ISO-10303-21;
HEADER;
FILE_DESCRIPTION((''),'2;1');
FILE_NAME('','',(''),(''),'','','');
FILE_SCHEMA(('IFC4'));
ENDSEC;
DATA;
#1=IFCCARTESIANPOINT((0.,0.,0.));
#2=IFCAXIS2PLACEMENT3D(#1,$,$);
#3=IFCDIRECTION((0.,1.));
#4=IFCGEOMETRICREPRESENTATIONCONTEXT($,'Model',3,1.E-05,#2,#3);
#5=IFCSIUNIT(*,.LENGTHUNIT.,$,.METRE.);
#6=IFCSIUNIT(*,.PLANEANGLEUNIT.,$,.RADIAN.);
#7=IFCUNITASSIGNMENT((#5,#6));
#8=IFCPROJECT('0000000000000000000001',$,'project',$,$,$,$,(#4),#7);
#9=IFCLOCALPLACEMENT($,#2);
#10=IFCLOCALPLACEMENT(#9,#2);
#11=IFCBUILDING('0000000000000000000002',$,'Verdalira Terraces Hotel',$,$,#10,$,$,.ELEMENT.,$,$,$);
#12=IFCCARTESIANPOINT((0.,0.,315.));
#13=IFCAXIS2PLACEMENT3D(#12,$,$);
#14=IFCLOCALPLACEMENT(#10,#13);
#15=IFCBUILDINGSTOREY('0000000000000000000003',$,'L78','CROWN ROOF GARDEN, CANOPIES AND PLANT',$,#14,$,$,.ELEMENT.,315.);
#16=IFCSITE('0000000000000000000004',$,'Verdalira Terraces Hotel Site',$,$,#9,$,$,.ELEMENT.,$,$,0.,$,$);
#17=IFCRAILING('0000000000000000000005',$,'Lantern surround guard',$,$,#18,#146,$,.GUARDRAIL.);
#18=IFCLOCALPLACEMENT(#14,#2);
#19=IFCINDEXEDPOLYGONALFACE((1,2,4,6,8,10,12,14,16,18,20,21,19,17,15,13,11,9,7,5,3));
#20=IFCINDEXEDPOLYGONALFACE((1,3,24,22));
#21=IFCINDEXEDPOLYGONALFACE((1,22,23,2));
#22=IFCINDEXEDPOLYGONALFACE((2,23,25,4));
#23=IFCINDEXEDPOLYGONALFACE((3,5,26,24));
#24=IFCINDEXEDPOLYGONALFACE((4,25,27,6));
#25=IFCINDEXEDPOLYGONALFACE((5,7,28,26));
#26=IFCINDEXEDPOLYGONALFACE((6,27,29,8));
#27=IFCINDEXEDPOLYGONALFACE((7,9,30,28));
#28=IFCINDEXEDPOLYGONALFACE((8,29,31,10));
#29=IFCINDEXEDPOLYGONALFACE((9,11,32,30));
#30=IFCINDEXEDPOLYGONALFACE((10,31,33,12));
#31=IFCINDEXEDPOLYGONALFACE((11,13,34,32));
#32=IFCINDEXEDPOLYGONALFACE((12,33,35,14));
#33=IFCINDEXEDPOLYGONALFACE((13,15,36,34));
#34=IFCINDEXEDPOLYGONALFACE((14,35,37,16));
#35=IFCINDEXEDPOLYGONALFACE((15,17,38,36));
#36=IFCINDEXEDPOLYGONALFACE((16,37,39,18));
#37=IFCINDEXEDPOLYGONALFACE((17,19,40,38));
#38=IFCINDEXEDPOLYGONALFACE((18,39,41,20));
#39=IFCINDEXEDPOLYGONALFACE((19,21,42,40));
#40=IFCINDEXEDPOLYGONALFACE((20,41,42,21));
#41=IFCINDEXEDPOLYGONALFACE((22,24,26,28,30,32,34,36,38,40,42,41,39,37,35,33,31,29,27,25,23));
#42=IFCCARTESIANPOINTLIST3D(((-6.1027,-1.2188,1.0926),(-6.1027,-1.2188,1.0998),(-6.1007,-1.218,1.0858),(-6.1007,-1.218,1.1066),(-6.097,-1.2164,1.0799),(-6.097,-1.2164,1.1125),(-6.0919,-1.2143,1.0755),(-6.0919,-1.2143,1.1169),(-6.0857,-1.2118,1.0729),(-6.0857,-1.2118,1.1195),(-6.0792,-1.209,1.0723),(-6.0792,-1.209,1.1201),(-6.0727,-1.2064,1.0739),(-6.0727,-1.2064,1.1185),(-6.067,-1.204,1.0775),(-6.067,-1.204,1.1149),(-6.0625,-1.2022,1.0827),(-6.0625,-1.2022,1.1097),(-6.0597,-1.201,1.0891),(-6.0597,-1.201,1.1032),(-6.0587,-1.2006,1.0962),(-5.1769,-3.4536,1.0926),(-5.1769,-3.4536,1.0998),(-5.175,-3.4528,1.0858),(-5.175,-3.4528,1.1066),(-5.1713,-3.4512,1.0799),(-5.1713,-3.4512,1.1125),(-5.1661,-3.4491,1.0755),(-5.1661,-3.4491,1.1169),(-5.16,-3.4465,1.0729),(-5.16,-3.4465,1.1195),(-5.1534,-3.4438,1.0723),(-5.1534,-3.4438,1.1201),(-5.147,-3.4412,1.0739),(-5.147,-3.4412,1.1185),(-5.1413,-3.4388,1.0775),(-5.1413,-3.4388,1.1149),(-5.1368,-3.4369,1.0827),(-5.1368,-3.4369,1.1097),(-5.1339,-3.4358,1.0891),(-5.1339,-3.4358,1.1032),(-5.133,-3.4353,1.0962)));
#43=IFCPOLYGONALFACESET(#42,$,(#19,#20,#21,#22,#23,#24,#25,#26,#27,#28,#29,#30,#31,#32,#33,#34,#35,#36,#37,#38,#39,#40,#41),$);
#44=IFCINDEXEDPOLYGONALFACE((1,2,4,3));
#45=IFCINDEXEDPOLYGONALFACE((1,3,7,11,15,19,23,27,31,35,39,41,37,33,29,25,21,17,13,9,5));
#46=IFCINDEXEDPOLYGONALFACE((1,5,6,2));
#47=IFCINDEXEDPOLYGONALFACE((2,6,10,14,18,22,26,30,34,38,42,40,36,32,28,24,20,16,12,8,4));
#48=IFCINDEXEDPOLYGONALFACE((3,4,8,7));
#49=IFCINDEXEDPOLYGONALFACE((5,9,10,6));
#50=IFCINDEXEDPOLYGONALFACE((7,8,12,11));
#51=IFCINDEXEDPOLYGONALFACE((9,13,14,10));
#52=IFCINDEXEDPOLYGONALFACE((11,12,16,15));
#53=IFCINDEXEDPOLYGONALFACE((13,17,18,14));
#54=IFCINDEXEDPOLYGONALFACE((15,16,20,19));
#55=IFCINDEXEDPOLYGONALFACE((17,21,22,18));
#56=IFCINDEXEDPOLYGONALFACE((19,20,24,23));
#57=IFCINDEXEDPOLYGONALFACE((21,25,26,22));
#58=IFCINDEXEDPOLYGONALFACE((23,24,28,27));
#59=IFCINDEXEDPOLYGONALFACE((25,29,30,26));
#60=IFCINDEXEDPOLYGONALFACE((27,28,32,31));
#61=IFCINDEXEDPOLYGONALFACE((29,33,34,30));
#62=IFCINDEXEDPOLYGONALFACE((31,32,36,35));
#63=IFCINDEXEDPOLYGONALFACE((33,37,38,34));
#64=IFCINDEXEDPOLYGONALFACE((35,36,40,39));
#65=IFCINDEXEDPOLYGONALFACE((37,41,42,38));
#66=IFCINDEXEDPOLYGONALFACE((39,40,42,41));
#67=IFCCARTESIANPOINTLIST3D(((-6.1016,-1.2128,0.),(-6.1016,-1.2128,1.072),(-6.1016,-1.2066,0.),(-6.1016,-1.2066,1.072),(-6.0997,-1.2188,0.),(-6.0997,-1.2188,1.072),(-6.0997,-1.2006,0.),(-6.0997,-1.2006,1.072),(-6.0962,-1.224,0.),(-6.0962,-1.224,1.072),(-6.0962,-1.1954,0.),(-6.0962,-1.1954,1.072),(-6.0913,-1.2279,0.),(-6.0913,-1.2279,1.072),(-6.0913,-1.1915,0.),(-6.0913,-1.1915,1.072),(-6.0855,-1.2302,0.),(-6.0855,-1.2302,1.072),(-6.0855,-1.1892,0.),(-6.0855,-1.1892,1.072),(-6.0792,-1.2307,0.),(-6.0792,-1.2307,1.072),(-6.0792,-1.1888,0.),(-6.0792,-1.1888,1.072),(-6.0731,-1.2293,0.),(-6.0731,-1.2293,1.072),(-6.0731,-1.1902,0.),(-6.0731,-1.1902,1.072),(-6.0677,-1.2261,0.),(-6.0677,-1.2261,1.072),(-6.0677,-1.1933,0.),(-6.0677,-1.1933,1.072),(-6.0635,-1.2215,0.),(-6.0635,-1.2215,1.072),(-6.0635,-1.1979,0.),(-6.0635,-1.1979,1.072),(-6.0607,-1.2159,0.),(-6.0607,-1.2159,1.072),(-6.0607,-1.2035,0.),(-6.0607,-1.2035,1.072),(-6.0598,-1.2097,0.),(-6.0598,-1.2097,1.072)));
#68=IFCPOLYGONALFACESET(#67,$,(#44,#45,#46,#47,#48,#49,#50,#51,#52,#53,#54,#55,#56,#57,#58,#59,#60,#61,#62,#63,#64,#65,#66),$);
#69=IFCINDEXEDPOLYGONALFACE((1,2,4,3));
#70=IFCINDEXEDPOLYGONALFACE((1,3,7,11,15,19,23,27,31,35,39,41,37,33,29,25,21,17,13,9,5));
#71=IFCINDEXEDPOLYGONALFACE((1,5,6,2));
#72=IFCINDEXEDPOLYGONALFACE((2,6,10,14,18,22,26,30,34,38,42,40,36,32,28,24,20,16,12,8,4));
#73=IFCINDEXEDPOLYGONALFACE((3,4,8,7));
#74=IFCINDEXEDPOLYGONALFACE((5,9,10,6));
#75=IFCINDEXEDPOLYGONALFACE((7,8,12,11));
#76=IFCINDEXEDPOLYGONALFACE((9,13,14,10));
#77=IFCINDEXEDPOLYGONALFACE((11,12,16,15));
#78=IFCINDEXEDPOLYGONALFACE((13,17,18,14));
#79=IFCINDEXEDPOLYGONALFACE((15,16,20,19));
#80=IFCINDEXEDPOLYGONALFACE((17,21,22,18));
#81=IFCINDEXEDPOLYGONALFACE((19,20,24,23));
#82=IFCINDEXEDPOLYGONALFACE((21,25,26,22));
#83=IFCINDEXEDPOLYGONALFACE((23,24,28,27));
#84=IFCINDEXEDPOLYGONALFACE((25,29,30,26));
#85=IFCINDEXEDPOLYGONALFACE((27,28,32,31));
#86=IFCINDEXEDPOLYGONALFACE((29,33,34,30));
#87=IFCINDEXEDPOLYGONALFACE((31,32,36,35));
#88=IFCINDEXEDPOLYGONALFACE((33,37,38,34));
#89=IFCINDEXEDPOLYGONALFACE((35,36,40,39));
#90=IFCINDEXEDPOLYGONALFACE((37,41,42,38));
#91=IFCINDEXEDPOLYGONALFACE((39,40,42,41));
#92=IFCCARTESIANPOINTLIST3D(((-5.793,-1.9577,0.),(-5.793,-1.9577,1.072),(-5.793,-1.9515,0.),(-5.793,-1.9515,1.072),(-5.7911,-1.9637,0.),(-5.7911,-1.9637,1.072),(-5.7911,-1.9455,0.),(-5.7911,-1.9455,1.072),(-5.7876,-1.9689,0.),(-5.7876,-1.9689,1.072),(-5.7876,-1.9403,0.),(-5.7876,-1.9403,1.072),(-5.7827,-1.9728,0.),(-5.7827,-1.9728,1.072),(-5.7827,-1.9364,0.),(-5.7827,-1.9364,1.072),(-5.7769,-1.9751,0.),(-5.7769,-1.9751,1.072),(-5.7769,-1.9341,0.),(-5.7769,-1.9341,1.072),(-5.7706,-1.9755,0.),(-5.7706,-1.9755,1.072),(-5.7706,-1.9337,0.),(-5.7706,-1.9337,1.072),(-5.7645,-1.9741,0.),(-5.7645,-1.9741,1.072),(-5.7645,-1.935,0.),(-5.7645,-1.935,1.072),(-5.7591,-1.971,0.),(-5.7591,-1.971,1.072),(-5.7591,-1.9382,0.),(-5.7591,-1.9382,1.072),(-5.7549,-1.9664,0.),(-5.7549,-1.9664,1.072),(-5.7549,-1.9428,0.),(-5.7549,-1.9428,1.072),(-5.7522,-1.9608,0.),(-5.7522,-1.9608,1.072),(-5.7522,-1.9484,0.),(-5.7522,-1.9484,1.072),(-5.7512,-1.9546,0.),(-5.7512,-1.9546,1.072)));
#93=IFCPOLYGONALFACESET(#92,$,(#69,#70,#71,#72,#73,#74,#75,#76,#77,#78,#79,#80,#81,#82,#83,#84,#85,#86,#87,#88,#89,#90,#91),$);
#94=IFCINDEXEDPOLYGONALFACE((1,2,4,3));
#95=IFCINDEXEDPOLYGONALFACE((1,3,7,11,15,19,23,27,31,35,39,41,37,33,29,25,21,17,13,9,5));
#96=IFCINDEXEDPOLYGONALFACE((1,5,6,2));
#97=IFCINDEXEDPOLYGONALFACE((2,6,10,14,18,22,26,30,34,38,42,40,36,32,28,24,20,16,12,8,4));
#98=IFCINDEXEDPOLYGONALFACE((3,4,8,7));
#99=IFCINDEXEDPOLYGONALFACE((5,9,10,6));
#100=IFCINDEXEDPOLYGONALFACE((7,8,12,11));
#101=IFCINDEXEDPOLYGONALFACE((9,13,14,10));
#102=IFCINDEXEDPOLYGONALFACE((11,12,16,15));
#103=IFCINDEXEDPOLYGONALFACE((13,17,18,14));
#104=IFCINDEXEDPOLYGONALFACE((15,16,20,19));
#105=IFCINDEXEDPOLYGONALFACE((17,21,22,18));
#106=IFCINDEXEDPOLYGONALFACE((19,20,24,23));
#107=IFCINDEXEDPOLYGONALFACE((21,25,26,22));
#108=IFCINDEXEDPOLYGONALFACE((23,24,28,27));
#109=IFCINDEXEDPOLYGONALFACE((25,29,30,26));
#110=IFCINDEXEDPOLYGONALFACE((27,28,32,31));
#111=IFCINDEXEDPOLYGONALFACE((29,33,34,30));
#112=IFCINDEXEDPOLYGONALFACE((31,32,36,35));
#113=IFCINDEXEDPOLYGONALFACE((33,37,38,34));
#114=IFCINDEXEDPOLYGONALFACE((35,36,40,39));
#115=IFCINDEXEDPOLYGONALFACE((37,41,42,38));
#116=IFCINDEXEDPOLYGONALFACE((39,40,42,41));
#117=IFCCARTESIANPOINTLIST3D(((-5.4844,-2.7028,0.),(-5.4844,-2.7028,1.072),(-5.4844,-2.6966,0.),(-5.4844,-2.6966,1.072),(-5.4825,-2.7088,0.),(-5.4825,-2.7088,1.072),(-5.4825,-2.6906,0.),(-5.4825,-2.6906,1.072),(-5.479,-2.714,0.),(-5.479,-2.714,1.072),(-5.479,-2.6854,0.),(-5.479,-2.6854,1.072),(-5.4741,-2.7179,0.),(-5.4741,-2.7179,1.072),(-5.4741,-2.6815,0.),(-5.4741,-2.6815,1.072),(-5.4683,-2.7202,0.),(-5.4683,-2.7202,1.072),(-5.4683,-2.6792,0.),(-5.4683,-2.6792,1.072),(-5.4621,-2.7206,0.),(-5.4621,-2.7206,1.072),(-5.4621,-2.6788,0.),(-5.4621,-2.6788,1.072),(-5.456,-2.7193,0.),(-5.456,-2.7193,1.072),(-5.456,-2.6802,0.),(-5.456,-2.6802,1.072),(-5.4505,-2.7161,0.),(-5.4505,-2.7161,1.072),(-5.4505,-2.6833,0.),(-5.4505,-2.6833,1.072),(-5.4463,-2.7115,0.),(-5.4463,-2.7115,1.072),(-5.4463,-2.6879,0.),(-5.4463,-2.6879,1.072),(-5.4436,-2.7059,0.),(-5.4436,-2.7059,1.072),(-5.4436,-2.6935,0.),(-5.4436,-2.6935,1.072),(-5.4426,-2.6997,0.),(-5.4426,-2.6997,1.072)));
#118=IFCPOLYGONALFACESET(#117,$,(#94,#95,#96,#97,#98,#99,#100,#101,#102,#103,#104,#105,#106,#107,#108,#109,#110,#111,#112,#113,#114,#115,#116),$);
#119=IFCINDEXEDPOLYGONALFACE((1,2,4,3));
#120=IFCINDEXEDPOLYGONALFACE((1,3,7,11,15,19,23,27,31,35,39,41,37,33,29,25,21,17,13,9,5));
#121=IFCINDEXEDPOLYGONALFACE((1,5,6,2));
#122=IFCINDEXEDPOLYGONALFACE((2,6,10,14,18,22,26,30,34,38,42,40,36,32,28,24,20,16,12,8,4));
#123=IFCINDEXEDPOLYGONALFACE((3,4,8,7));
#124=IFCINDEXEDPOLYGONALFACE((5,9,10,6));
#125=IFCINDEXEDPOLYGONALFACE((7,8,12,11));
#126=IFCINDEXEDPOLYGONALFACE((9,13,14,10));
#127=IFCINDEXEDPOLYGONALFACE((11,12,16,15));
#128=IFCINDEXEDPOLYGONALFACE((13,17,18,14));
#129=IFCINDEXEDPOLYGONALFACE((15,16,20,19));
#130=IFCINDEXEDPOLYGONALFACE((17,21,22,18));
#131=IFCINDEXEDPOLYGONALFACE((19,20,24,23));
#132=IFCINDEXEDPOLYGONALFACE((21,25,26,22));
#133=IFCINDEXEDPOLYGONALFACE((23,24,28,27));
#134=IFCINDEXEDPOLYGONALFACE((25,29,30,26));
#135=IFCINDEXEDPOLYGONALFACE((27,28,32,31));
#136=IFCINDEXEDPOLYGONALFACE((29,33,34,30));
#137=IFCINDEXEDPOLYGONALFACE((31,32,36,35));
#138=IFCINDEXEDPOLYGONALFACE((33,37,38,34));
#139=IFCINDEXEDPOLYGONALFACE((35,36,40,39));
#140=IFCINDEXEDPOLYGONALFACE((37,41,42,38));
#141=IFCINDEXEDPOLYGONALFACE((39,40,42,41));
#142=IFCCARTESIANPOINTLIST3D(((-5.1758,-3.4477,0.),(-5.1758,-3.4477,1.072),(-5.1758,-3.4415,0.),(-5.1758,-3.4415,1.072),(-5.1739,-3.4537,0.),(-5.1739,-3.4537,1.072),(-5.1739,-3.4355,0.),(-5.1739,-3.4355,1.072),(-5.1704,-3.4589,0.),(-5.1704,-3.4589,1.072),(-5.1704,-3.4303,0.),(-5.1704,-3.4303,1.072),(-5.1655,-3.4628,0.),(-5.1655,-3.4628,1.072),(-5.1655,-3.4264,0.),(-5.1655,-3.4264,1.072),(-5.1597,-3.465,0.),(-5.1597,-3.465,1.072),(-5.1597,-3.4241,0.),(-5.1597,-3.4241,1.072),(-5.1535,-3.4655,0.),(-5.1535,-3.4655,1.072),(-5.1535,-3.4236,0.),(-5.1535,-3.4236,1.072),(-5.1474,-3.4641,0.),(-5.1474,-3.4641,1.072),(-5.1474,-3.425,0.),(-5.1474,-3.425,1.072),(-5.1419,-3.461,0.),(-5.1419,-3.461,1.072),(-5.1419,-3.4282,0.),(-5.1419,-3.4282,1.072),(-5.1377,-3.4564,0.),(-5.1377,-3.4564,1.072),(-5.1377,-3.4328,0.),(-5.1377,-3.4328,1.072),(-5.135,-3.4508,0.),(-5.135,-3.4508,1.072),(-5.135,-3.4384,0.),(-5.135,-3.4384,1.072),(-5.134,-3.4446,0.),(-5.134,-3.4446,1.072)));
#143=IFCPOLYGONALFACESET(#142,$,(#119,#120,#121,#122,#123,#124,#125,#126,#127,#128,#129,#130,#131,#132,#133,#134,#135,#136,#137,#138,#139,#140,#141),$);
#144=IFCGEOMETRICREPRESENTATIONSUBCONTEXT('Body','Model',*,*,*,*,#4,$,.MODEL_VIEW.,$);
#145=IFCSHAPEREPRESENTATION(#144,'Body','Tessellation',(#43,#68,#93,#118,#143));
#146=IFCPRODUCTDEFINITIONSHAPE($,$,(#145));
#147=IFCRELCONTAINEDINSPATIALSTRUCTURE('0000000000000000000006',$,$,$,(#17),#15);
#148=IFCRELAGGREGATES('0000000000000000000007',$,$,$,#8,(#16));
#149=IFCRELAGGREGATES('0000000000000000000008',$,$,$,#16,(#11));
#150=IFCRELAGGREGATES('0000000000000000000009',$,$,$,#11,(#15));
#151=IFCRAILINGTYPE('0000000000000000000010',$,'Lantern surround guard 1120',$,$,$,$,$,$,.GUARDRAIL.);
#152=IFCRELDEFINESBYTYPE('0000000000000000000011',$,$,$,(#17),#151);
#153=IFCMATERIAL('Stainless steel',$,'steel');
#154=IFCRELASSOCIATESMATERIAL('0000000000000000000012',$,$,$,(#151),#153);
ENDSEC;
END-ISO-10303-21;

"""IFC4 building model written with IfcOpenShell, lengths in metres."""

from ifc_helpers import new_model, si_unit, direction, frame, origin, origin_2d, place, context, subcontext, project, spatial, circle, extrude, material, type_object, element, save


model = new_model("IFC4")

# Units and contexts
model_context = context("Model", 3, precision=1e-05, world=origin(), true_north=direction((0.0, 1.0)))
body_context = subcontext(model_context, "Body", "Model", "MODEL_VIEW")
ifc_project = project(units=[si_unit("LENGTHUNIT", "METRE"), si_unit("PLANEANGLEUNIT", "RADIAN")], contexts=[model_context])

# Site, building, storey
site_placement = place(None, origin())
site = spatial("IfcSite", under=ifc_project, at=site_placement, Name="Verdalira Terraces Hotel Site", CompositionType="ELEMENT", RefElevation=0.0)
building_placement = place(site_placement, origin())
building = spatial("IfcBuilding", under=site, at=building_placement, Name="Verdalira Terraces Hotel", CompositionType="ELEMENT")
storey_placement = place(building_placement, frame((0.0, 0.0, 315.0)))
storey = spatial("IfcBuildingStorey", under=building, at=storey_placement, Name="L78", Description="CROWN ROOF GARDEN, CANOPIES AND PLANT", CompositionType="ELEMENT", Elevation=315.0)

# Railing
ifc_material_1 = material(Name="Stainless steel", Category="steel")
railing_type_1 = type_object("IfcRailingType", Name="Lantern surround guard 1120", PredefinedType="GUARDRAIL", material=ifc_material_1)
railing_1_placement = place(storey_placement, frame((-6.0808, -1.2097, 0.0)))
element("IfcRailing", 1, at=railing_1_placement, inside=storey, type_object=railing_type_1, Name="Lantern surround guard", PredefinedType="GUARDRAIL", context=body_context, shape_type="SweptSolid", body=[
    extrude(circle(Radius=0.0239, at=origin_2d()), frame((0.0, 0.0, 1.0962), z_axis=(0.382708, -0.923869, 0.0), x_axis=(0.923869, 0.382708, 0.0)), (0.0, 0.0, 1.0), 2.4189),
    extrude(circle(Radius=0.021, at=origin_2d()), origin(), (0.0, 0.0, 1.0), 1.072),
    extrude(circle(Radius=0.021, at=origin_2d()), frame((0.3086, -0.7449, 0.0)), (0.0, 0.0, 1.0), 1.072),
    extrude(circle(Radius=0.021, at=origin_2d()), frame((0.6172, -1.49, 0.0)), (0.0, 0.0, 1.0), 1.072),
    extrude(circle(Radius=0.021, at=origin_2d()), frame((0.9258, -2.2349, 0.0)), (0.0, 0.0, 1.0), 1.072),
])

save(model, "model.ifc")
